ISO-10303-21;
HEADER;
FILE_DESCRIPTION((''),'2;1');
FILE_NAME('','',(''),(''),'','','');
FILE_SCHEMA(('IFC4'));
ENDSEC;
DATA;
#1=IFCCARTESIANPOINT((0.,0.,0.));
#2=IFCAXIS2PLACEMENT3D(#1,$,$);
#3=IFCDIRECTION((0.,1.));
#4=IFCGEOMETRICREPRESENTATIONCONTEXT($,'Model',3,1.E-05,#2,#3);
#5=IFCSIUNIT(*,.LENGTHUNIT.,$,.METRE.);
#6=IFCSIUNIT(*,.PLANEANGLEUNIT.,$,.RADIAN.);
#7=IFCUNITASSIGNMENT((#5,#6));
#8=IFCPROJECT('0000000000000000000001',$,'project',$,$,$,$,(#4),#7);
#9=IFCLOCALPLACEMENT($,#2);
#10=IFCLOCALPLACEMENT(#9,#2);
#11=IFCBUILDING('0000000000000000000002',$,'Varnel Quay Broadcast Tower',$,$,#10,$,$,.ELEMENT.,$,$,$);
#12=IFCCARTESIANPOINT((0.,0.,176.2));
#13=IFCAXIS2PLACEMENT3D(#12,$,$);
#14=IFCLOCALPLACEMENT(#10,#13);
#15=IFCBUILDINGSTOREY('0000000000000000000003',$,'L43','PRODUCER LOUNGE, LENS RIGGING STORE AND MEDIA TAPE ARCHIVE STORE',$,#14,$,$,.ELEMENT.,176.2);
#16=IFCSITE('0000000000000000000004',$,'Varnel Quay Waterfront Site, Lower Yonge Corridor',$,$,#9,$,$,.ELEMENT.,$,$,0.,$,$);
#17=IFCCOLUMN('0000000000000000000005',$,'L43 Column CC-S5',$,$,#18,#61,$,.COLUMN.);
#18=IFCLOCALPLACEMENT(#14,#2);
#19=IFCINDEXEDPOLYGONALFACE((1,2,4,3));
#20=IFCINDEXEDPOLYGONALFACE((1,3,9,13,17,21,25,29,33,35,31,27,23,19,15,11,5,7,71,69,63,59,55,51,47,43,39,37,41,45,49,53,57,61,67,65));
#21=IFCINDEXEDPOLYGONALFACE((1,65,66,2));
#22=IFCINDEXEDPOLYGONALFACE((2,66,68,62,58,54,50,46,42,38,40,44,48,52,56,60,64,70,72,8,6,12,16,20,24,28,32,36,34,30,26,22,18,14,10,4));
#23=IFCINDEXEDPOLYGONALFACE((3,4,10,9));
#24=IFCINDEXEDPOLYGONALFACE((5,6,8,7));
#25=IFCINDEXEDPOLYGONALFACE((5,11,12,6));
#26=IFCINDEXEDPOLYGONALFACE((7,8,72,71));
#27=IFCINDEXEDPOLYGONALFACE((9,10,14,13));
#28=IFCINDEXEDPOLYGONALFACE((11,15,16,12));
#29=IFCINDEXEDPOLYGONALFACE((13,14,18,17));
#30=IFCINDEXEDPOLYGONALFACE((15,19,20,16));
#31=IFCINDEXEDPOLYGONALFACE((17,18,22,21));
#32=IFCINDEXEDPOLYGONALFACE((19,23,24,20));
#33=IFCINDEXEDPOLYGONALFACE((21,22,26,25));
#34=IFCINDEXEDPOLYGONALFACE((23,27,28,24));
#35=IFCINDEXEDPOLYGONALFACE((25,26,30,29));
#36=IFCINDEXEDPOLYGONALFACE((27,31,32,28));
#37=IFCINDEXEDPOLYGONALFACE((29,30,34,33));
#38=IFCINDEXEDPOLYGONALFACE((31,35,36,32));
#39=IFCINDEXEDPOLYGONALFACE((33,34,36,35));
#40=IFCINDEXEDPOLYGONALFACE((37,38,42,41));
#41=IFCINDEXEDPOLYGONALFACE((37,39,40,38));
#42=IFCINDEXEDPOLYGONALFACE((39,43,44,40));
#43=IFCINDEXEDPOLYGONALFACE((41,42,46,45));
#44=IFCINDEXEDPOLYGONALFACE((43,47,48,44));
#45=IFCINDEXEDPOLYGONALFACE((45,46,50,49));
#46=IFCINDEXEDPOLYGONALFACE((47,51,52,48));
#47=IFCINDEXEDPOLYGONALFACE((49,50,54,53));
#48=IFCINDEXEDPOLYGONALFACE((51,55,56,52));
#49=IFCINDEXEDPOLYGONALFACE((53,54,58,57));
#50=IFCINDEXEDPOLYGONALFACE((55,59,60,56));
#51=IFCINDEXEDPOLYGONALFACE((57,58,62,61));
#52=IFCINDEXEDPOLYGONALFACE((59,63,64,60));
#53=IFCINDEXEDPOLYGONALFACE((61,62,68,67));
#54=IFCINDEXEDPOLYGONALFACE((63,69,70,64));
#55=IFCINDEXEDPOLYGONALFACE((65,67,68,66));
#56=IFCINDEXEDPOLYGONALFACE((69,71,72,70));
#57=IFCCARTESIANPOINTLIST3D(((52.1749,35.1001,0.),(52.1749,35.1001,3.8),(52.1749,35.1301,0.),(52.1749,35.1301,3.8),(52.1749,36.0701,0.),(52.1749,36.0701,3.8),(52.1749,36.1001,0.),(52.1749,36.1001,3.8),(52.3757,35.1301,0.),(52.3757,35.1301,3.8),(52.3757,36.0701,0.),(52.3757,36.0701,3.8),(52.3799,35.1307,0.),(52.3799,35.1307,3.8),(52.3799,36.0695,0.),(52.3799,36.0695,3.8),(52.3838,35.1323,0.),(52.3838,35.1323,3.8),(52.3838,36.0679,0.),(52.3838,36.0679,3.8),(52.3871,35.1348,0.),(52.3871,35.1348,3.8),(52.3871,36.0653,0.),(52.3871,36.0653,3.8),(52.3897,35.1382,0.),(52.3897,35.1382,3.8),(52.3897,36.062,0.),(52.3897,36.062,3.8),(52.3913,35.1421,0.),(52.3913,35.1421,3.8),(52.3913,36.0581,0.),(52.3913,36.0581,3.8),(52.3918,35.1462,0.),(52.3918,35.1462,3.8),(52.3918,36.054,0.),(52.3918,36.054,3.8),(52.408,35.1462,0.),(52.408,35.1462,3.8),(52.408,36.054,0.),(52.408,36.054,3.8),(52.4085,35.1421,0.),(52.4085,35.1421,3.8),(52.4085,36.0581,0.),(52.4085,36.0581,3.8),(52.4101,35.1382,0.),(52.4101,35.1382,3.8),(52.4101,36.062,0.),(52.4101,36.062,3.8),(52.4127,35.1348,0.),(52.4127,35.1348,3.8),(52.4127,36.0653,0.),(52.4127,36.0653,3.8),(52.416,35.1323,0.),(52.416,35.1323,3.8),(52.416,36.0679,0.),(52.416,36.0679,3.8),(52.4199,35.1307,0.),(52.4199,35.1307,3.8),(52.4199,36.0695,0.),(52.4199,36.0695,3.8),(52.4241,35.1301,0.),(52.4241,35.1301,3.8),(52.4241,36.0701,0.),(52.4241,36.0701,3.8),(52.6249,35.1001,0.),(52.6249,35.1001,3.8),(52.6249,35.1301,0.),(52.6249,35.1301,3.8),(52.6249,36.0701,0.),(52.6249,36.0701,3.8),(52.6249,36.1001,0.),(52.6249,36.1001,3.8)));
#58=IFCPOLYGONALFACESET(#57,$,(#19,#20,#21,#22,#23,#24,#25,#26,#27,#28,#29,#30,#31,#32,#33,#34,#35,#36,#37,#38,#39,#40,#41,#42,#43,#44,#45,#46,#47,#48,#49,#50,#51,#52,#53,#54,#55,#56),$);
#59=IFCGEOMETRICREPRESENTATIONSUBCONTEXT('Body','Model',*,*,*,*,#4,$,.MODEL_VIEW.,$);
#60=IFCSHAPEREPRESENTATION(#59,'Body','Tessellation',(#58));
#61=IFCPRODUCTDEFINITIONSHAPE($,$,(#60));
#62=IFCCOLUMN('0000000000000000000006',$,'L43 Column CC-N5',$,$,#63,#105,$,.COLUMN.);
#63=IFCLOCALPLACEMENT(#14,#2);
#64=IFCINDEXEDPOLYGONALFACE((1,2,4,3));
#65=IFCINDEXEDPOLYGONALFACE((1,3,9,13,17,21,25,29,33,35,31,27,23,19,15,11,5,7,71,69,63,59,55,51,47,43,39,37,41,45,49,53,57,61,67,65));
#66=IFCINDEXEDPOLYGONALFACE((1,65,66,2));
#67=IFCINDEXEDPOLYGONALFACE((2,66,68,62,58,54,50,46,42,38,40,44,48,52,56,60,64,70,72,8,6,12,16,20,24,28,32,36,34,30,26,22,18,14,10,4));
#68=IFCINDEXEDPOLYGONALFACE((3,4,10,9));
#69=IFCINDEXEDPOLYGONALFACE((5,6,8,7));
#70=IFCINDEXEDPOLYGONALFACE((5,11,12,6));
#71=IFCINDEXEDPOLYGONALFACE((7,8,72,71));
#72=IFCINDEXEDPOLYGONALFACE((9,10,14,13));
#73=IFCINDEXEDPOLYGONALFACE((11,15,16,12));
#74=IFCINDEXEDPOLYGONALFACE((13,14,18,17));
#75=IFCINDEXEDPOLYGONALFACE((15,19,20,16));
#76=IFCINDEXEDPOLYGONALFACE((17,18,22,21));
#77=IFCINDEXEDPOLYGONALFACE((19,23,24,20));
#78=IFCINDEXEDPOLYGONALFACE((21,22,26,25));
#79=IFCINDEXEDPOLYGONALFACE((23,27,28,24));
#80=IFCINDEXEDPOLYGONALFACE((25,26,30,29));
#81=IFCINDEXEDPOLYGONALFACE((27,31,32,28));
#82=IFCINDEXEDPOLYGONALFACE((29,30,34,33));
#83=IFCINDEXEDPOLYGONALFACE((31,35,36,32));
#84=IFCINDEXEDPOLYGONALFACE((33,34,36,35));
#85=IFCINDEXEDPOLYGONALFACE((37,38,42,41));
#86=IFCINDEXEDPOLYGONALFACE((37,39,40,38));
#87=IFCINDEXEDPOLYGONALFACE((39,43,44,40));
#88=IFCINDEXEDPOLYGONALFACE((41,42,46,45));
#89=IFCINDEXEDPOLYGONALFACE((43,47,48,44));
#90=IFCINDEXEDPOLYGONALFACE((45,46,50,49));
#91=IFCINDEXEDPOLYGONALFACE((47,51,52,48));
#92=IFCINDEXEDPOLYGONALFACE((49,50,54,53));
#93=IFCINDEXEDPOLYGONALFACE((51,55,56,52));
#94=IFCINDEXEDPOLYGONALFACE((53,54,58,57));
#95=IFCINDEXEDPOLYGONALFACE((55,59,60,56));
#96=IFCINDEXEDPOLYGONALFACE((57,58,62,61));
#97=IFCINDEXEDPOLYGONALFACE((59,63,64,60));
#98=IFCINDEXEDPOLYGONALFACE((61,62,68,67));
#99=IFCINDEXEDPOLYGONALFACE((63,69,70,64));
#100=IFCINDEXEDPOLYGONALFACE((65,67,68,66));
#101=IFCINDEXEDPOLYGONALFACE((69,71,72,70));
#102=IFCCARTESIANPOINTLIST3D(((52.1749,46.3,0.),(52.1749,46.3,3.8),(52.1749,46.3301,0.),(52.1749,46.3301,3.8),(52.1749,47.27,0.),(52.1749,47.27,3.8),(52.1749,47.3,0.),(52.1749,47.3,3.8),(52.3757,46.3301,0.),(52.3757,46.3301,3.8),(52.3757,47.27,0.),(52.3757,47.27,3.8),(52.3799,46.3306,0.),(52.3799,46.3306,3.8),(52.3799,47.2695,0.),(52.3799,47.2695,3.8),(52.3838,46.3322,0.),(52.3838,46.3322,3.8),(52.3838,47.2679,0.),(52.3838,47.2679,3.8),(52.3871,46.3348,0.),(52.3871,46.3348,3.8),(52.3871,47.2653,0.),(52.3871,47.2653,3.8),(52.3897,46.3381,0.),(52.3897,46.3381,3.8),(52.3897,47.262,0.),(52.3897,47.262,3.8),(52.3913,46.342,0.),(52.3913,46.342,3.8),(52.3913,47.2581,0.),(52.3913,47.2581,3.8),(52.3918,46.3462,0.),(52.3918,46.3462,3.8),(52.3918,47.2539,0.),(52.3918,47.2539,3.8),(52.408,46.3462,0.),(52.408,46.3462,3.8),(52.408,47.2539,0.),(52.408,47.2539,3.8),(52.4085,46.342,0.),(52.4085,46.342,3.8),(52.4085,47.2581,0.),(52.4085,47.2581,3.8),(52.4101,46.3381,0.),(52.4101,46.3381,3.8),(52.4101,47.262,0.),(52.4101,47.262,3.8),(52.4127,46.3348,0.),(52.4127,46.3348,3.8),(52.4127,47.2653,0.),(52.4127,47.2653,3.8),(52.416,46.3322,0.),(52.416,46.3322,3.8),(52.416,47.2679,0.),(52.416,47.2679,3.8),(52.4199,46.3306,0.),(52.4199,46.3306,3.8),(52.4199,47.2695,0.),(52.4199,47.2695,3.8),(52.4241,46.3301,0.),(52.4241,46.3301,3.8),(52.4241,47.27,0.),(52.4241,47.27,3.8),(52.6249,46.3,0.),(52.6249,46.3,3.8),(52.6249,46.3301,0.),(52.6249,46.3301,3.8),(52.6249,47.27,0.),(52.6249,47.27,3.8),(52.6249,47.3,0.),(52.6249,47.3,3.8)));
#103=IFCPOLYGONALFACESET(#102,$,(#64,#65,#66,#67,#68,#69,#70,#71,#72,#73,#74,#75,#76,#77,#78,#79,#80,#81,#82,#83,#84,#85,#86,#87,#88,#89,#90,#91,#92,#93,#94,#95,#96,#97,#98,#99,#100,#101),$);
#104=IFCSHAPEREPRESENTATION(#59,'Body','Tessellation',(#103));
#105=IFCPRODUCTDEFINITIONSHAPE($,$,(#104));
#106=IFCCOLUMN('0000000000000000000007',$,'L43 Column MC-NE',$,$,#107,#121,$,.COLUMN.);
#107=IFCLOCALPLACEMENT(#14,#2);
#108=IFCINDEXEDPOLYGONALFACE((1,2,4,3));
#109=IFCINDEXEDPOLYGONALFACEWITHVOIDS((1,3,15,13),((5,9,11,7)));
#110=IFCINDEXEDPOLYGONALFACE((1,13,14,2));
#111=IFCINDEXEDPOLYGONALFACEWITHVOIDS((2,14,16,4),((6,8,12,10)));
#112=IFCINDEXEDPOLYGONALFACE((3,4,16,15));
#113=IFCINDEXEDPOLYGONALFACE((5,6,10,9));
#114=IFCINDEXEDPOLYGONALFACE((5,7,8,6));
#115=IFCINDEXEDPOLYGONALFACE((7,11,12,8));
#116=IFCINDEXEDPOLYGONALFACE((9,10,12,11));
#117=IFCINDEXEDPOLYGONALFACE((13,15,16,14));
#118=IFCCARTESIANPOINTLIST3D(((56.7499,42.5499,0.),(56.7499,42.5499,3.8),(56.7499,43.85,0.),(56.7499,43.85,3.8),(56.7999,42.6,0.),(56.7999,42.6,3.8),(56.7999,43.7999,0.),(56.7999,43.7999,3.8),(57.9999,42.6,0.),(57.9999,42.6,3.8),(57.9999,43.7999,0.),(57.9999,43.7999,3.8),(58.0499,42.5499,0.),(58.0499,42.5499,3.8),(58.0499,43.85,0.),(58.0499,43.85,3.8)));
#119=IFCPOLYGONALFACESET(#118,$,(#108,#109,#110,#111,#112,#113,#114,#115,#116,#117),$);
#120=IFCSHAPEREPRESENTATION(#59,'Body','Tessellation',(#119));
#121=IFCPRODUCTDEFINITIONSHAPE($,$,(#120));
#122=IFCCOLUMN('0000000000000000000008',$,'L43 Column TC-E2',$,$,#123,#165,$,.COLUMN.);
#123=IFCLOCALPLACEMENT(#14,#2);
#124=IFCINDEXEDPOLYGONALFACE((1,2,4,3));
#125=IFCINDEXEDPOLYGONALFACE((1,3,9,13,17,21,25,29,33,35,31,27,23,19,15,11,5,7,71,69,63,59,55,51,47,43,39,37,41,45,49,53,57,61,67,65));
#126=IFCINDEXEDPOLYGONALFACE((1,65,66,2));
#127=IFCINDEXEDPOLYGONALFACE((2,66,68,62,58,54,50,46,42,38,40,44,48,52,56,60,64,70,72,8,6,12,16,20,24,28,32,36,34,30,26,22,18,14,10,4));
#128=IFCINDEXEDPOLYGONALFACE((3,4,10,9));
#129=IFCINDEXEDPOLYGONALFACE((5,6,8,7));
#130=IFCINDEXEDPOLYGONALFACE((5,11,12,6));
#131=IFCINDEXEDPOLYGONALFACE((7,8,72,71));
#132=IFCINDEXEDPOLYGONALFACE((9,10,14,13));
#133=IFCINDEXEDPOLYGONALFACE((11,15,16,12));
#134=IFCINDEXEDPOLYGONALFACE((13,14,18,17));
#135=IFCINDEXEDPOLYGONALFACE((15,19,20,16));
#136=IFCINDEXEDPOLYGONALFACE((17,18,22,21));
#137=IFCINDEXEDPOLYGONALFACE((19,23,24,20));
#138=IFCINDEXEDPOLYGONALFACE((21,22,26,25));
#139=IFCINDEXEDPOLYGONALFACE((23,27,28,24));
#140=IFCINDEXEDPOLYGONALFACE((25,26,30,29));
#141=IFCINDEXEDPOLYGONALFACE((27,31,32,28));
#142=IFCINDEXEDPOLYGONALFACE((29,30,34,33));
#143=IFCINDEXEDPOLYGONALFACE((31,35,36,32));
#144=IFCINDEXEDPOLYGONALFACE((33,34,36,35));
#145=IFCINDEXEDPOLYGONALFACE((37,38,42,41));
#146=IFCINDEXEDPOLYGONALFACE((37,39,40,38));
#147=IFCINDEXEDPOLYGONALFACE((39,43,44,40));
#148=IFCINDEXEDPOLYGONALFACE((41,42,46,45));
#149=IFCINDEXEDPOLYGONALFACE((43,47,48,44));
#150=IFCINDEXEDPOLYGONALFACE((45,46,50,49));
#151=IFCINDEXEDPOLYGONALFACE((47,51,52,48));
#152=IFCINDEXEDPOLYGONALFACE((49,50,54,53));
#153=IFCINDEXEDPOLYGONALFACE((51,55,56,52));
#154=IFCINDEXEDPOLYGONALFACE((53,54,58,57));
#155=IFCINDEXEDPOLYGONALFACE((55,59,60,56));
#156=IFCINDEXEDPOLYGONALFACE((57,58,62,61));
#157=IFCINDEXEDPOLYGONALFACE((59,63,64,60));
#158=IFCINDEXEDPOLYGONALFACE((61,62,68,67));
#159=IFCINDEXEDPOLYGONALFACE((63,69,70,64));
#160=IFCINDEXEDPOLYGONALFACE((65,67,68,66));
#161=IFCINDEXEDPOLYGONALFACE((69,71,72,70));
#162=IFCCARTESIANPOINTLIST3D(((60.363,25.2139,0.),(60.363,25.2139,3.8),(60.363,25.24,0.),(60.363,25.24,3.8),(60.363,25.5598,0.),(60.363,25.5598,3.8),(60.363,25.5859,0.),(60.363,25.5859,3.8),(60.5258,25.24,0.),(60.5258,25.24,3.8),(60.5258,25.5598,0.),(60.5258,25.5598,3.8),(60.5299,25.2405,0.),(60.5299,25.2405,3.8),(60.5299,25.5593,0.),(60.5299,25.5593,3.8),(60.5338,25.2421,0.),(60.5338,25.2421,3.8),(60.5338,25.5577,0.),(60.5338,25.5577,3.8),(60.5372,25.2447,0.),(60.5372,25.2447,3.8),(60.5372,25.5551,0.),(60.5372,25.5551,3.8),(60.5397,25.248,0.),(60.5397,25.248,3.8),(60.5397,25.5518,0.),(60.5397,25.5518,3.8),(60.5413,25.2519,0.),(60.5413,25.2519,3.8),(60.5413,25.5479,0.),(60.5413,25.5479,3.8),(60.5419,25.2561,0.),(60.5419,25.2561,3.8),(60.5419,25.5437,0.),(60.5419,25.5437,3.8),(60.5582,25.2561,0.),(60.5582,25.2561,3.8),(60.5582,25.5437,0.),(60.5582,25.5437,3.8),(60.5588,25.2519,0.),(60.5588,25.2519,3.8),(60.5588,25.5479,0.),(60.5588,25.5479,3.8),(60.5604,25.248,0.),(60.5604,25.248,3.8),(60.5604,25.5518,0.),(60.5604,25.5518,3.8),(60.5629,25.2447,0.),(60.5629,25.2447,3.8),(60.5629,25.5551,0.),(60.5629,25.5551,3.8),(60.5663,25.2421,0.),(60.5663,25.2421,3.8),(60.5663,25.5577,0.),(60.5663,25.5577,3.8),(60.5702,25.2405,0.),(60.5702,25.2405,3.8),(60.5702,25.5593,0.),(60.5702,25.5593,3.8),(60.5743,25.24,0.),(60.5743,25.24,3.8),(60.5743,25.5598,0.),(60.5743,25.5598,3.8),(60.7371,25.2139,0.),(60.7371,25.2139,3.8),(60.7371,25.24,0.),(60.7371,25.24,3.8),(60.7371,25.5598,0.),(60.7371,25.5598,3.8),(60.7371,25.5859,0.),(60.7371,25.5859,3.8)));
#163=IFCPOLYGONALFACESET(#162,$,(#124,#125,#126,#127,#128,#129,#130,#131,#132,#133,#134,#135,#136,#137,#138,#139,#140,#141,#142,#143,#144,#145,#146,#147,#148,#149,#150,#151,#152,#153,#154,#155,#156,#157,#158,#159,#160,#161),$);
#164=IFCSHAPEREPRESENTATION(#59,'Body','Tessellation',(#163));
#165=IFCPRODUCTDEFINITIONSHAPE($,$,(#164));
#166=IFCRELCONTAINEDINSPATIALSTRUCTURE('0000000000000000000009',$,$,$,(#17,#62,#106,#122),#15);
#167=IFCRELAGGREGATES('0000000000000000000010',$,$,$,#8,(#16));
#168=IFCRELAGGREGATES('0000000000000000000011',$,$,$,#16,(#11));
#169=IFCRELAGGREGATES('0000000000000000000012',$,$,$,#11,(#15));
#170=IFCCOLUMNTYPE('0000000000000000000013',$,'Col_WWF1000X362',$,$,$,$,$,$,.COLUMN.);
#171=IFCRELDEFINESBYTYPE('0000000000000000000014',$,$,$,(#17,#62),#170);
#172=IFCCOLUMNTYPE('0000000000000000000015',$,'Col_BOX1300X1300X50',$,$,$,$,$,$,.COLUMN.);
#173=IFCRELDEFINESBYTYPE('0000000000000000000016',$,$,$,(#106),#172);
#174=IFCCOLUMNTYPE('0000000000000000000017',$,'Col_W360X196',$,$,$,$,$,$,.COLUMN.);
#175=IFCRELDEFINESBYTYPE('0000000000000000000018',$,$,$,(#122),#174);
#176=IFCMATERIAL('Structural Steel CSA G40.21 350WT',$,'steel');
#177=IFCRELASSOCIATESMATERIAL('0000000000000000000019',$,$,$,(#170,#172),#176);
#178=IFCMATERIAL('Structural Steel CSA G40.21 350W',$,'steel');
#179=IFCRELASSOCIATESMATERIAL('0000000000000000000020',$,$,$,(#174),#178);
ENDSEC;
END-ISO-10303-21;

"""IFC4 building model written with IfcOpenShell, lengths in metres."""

from ifc_helpers import new_model, si_unit, direction, frame, origin, origin_2d, place, context, subcontext, project, spatial, hollow_rectangle, i_section, extrude, source, transform, mapped, material, material_profile, profile_set, type_object, type_shapes, element, save


model = new_model("IFC4")

# Units and contexts
model_context = context("Model", 3, precision=1e-05, world=origin(), true_north=direction((0.0, 1.0)))
body_context = subcontext(model_context, "Body", "Model", "MODEL_VIEW")
ifc_project = project(units=[si_unit("LENGTHUNIT", "METRE"), si_unit("PLANEANGLEUNIT", "RADIAN")], contexts=[model_context])

# Site, building, storey
site_placement = place(None, origin())
site = spatial("IfcSite", under=ifc_project, at=site_placement, Name="Varnel Quay Waterfront Site, Lower Yonge Corridor", CompositionType="ELEMENT", RefElevation=0.0)
building_placement = place(site_placement, origin())
building = spatial("IfcBuilding", under=site, at=building_placement, Name="Varnel Quay Broadcast Tower", CompositionType="ELEMENT")
storey_placement = place(building_placement, frame((0.0, 0.0, 176.2)))
storey = spatial("IfcBuildingStorey", under=building, at=storey_placement, Name="L43", Description="PRODUCER LOUNGE, LENS RIGGING STORE AND MEDIA TAPE ARCHIVE STORE", CompositionType="ELEMENT", Elevation=176.2)

# Columns
ifc_material_1 = material(Name="Structural Steel CSA G40.21 350WT", Category="steel")
ifc_material_profile_1 = material_profile(ifc_material_1, i_section(OverallWidth=0.45, OverallDepth=1.0, WebThickness=0.0161, FlangeThickness=0.03, FilletRadius=0.0161, at=origin_2d()), Name="WWF1000X362")
ifc_profile_set_1 = profile_set([ifc_material_profile_1], Name="Structural Steel CSA G40.21 350WT")
column_type_1 = type_object("IfcColumnType", Name="Col_WWF1000X362", PredefinedType="COLUMN", material=ifc_profile_set_1)
shared_shape_1 = source(origin(), body_context, "Body", "SweptSolid", [
    extrude(i_section(OverallWidth=0.45, OverallDepth=1.0, WebThickness=0.0161, FlangeThickness=0.03, FilletRadius=0.0161, at=origin_2d()), origin(), (0.0, 0.0, 1.0), 3.8),
])
type_shapes(column_type_1, [shared_shape_1])
for number, where, z_axis, x_axis, name in (
    (1, (52.3999, 35.6001, 0.0), (0.0, 0.0, 1.0), (1.0, 0.0, 0.0), "L43 Column CC-S5"),
    (2, (52.3999, 46.8, 0.0), (0.0, 0.0, 1.0), (1.0, 0.0, 0.0), "L43 Column CC-N5"),
):
    element("IfcColumn", number, at=place(storey_placement, frame(where, z_axis=z_axis, x_axis=x_axis)), inside=storey, type_object=column_type_1, Name=name, PredefinedType="COLUMN", context=body_context, shape_type="MappedRepresentation", body=[
        mapped(shared_shape_1, transform((0.0, 0.0, 0.0), x_axis=(1.0, 0.0, 0.0), y_axis=(0.0, 1.0, 0.0), z_axis=(0.0, 0.0, 1.0), scale=1.0)),
    ])
ifc_material_profile_2 = material_profile(ifc_material_1, hollow_rectangle(XDim=1.3, YDim=1.3, WallThickness=0.05, at=origin_2d()), Name="BOX1300X1300X50")
ifc_profile_set_2 = profile_set([ifc_material_profile_2], Name="Structural Steel CSA G40.21 350WT")
column_type_2 = type_object("IfcColumnType", Name="Col_BOX1300X1300X50", PredefinedType="COLUMN", material=ifc_profile_set_2)
shared_shape_2 = source(origin(), body_context, "Body", "SweptSolid", [
    extrude(hollow_rectangle(XDim=1.3, YDim=1.3, WallThickness=0.05, at=origin_2d()), origin(), (0.0, 0.0, 1.0), 3.8),
])
type_shapes(column_type_2, [shared_shape_2])
column_placement = place(storey_placement, frame((57.3999, 43.2, 0.0), z_axis=(0.0, 0.0, 1.0), x_axis=(1.0, 0.0, 0.0)))
element("IfcColumn", 3, at=column_placement, inside=storey, type_object=column_type_2, Name="L43 Column MC-NE", PredefinedType="COLUMN", context=body_context, shape_type="MappedRepresentation", body=[
    mapped(shared_shape_2, transform((0.0, 0.0, 0.0), x_axis=(1.0, 0.0, 0.0), y_axis=(0.0, 1.0, 0.0), z_axis=(0.0, 0.0, 1.0), scale=1.0)),
])
ifc_material_2 = material(Name="Structural Steel CSA G40.21 350W", Category="steel")
ifc_material_profile_3 = material_profile(ifc_material_2, i_section(OverallWidth=0.374, OverallDepth=0.3721, WebThickness=0.0164, FlangeThickness=0.0261, FilletRadius=0.0161, at=origin_2d()), Name="W360X196")
ifc_profile_set_3 = profile_set([ifc_material_profile_3], Name="Structural Steel CSA G40.21 350W")
column_type_3 = type_object("IfcColumnType", Name="Col_W360X196", PredefinedType="COLUMN", material=ifc_profile_set_3)
shared_shape_3 = source(origin(), body_context, "Body", "SweptSolid", [
    extrude(i_section(OverallWidth=0.374, OverallDepth=0.3721, WebThickness=0.0164, FlangeThickness=0.0261, FilletRadius=0.0161, at=origin_2d()), origin(), (0.0, 0.0, 1.0), 3.8),
])
type_shapes(column_type_3, [shared_shape_3])
for number, where, z_axis, x_axis, name in (
    (4, (60.55, 25.3999, 0.0), (0.0, 0.0, 1.0), (1.0, 0.0, 0.0), "L43 Column TC-E2"),
):
    element("IfcColumn", number, at=place(storey_placement, frame(where, z_axis=z_axis, x_axis=x_axis)), inside=storey, type_object=column_type_3, Name=name, PredefinedType="COLUMN", context=body_context, shape_type="MappedRepresentation", body=[
        mapped(shared_shape_3, transform((0.0, 0.0, 0.0), x_axis=(1.0, 0.0, 0.0), y_axis=(0.0, 1.0, 0.0), z_axis=(0.0, 0.0, 1.0), scale=1.0)),
    ])

save(model, "model.ifc")
